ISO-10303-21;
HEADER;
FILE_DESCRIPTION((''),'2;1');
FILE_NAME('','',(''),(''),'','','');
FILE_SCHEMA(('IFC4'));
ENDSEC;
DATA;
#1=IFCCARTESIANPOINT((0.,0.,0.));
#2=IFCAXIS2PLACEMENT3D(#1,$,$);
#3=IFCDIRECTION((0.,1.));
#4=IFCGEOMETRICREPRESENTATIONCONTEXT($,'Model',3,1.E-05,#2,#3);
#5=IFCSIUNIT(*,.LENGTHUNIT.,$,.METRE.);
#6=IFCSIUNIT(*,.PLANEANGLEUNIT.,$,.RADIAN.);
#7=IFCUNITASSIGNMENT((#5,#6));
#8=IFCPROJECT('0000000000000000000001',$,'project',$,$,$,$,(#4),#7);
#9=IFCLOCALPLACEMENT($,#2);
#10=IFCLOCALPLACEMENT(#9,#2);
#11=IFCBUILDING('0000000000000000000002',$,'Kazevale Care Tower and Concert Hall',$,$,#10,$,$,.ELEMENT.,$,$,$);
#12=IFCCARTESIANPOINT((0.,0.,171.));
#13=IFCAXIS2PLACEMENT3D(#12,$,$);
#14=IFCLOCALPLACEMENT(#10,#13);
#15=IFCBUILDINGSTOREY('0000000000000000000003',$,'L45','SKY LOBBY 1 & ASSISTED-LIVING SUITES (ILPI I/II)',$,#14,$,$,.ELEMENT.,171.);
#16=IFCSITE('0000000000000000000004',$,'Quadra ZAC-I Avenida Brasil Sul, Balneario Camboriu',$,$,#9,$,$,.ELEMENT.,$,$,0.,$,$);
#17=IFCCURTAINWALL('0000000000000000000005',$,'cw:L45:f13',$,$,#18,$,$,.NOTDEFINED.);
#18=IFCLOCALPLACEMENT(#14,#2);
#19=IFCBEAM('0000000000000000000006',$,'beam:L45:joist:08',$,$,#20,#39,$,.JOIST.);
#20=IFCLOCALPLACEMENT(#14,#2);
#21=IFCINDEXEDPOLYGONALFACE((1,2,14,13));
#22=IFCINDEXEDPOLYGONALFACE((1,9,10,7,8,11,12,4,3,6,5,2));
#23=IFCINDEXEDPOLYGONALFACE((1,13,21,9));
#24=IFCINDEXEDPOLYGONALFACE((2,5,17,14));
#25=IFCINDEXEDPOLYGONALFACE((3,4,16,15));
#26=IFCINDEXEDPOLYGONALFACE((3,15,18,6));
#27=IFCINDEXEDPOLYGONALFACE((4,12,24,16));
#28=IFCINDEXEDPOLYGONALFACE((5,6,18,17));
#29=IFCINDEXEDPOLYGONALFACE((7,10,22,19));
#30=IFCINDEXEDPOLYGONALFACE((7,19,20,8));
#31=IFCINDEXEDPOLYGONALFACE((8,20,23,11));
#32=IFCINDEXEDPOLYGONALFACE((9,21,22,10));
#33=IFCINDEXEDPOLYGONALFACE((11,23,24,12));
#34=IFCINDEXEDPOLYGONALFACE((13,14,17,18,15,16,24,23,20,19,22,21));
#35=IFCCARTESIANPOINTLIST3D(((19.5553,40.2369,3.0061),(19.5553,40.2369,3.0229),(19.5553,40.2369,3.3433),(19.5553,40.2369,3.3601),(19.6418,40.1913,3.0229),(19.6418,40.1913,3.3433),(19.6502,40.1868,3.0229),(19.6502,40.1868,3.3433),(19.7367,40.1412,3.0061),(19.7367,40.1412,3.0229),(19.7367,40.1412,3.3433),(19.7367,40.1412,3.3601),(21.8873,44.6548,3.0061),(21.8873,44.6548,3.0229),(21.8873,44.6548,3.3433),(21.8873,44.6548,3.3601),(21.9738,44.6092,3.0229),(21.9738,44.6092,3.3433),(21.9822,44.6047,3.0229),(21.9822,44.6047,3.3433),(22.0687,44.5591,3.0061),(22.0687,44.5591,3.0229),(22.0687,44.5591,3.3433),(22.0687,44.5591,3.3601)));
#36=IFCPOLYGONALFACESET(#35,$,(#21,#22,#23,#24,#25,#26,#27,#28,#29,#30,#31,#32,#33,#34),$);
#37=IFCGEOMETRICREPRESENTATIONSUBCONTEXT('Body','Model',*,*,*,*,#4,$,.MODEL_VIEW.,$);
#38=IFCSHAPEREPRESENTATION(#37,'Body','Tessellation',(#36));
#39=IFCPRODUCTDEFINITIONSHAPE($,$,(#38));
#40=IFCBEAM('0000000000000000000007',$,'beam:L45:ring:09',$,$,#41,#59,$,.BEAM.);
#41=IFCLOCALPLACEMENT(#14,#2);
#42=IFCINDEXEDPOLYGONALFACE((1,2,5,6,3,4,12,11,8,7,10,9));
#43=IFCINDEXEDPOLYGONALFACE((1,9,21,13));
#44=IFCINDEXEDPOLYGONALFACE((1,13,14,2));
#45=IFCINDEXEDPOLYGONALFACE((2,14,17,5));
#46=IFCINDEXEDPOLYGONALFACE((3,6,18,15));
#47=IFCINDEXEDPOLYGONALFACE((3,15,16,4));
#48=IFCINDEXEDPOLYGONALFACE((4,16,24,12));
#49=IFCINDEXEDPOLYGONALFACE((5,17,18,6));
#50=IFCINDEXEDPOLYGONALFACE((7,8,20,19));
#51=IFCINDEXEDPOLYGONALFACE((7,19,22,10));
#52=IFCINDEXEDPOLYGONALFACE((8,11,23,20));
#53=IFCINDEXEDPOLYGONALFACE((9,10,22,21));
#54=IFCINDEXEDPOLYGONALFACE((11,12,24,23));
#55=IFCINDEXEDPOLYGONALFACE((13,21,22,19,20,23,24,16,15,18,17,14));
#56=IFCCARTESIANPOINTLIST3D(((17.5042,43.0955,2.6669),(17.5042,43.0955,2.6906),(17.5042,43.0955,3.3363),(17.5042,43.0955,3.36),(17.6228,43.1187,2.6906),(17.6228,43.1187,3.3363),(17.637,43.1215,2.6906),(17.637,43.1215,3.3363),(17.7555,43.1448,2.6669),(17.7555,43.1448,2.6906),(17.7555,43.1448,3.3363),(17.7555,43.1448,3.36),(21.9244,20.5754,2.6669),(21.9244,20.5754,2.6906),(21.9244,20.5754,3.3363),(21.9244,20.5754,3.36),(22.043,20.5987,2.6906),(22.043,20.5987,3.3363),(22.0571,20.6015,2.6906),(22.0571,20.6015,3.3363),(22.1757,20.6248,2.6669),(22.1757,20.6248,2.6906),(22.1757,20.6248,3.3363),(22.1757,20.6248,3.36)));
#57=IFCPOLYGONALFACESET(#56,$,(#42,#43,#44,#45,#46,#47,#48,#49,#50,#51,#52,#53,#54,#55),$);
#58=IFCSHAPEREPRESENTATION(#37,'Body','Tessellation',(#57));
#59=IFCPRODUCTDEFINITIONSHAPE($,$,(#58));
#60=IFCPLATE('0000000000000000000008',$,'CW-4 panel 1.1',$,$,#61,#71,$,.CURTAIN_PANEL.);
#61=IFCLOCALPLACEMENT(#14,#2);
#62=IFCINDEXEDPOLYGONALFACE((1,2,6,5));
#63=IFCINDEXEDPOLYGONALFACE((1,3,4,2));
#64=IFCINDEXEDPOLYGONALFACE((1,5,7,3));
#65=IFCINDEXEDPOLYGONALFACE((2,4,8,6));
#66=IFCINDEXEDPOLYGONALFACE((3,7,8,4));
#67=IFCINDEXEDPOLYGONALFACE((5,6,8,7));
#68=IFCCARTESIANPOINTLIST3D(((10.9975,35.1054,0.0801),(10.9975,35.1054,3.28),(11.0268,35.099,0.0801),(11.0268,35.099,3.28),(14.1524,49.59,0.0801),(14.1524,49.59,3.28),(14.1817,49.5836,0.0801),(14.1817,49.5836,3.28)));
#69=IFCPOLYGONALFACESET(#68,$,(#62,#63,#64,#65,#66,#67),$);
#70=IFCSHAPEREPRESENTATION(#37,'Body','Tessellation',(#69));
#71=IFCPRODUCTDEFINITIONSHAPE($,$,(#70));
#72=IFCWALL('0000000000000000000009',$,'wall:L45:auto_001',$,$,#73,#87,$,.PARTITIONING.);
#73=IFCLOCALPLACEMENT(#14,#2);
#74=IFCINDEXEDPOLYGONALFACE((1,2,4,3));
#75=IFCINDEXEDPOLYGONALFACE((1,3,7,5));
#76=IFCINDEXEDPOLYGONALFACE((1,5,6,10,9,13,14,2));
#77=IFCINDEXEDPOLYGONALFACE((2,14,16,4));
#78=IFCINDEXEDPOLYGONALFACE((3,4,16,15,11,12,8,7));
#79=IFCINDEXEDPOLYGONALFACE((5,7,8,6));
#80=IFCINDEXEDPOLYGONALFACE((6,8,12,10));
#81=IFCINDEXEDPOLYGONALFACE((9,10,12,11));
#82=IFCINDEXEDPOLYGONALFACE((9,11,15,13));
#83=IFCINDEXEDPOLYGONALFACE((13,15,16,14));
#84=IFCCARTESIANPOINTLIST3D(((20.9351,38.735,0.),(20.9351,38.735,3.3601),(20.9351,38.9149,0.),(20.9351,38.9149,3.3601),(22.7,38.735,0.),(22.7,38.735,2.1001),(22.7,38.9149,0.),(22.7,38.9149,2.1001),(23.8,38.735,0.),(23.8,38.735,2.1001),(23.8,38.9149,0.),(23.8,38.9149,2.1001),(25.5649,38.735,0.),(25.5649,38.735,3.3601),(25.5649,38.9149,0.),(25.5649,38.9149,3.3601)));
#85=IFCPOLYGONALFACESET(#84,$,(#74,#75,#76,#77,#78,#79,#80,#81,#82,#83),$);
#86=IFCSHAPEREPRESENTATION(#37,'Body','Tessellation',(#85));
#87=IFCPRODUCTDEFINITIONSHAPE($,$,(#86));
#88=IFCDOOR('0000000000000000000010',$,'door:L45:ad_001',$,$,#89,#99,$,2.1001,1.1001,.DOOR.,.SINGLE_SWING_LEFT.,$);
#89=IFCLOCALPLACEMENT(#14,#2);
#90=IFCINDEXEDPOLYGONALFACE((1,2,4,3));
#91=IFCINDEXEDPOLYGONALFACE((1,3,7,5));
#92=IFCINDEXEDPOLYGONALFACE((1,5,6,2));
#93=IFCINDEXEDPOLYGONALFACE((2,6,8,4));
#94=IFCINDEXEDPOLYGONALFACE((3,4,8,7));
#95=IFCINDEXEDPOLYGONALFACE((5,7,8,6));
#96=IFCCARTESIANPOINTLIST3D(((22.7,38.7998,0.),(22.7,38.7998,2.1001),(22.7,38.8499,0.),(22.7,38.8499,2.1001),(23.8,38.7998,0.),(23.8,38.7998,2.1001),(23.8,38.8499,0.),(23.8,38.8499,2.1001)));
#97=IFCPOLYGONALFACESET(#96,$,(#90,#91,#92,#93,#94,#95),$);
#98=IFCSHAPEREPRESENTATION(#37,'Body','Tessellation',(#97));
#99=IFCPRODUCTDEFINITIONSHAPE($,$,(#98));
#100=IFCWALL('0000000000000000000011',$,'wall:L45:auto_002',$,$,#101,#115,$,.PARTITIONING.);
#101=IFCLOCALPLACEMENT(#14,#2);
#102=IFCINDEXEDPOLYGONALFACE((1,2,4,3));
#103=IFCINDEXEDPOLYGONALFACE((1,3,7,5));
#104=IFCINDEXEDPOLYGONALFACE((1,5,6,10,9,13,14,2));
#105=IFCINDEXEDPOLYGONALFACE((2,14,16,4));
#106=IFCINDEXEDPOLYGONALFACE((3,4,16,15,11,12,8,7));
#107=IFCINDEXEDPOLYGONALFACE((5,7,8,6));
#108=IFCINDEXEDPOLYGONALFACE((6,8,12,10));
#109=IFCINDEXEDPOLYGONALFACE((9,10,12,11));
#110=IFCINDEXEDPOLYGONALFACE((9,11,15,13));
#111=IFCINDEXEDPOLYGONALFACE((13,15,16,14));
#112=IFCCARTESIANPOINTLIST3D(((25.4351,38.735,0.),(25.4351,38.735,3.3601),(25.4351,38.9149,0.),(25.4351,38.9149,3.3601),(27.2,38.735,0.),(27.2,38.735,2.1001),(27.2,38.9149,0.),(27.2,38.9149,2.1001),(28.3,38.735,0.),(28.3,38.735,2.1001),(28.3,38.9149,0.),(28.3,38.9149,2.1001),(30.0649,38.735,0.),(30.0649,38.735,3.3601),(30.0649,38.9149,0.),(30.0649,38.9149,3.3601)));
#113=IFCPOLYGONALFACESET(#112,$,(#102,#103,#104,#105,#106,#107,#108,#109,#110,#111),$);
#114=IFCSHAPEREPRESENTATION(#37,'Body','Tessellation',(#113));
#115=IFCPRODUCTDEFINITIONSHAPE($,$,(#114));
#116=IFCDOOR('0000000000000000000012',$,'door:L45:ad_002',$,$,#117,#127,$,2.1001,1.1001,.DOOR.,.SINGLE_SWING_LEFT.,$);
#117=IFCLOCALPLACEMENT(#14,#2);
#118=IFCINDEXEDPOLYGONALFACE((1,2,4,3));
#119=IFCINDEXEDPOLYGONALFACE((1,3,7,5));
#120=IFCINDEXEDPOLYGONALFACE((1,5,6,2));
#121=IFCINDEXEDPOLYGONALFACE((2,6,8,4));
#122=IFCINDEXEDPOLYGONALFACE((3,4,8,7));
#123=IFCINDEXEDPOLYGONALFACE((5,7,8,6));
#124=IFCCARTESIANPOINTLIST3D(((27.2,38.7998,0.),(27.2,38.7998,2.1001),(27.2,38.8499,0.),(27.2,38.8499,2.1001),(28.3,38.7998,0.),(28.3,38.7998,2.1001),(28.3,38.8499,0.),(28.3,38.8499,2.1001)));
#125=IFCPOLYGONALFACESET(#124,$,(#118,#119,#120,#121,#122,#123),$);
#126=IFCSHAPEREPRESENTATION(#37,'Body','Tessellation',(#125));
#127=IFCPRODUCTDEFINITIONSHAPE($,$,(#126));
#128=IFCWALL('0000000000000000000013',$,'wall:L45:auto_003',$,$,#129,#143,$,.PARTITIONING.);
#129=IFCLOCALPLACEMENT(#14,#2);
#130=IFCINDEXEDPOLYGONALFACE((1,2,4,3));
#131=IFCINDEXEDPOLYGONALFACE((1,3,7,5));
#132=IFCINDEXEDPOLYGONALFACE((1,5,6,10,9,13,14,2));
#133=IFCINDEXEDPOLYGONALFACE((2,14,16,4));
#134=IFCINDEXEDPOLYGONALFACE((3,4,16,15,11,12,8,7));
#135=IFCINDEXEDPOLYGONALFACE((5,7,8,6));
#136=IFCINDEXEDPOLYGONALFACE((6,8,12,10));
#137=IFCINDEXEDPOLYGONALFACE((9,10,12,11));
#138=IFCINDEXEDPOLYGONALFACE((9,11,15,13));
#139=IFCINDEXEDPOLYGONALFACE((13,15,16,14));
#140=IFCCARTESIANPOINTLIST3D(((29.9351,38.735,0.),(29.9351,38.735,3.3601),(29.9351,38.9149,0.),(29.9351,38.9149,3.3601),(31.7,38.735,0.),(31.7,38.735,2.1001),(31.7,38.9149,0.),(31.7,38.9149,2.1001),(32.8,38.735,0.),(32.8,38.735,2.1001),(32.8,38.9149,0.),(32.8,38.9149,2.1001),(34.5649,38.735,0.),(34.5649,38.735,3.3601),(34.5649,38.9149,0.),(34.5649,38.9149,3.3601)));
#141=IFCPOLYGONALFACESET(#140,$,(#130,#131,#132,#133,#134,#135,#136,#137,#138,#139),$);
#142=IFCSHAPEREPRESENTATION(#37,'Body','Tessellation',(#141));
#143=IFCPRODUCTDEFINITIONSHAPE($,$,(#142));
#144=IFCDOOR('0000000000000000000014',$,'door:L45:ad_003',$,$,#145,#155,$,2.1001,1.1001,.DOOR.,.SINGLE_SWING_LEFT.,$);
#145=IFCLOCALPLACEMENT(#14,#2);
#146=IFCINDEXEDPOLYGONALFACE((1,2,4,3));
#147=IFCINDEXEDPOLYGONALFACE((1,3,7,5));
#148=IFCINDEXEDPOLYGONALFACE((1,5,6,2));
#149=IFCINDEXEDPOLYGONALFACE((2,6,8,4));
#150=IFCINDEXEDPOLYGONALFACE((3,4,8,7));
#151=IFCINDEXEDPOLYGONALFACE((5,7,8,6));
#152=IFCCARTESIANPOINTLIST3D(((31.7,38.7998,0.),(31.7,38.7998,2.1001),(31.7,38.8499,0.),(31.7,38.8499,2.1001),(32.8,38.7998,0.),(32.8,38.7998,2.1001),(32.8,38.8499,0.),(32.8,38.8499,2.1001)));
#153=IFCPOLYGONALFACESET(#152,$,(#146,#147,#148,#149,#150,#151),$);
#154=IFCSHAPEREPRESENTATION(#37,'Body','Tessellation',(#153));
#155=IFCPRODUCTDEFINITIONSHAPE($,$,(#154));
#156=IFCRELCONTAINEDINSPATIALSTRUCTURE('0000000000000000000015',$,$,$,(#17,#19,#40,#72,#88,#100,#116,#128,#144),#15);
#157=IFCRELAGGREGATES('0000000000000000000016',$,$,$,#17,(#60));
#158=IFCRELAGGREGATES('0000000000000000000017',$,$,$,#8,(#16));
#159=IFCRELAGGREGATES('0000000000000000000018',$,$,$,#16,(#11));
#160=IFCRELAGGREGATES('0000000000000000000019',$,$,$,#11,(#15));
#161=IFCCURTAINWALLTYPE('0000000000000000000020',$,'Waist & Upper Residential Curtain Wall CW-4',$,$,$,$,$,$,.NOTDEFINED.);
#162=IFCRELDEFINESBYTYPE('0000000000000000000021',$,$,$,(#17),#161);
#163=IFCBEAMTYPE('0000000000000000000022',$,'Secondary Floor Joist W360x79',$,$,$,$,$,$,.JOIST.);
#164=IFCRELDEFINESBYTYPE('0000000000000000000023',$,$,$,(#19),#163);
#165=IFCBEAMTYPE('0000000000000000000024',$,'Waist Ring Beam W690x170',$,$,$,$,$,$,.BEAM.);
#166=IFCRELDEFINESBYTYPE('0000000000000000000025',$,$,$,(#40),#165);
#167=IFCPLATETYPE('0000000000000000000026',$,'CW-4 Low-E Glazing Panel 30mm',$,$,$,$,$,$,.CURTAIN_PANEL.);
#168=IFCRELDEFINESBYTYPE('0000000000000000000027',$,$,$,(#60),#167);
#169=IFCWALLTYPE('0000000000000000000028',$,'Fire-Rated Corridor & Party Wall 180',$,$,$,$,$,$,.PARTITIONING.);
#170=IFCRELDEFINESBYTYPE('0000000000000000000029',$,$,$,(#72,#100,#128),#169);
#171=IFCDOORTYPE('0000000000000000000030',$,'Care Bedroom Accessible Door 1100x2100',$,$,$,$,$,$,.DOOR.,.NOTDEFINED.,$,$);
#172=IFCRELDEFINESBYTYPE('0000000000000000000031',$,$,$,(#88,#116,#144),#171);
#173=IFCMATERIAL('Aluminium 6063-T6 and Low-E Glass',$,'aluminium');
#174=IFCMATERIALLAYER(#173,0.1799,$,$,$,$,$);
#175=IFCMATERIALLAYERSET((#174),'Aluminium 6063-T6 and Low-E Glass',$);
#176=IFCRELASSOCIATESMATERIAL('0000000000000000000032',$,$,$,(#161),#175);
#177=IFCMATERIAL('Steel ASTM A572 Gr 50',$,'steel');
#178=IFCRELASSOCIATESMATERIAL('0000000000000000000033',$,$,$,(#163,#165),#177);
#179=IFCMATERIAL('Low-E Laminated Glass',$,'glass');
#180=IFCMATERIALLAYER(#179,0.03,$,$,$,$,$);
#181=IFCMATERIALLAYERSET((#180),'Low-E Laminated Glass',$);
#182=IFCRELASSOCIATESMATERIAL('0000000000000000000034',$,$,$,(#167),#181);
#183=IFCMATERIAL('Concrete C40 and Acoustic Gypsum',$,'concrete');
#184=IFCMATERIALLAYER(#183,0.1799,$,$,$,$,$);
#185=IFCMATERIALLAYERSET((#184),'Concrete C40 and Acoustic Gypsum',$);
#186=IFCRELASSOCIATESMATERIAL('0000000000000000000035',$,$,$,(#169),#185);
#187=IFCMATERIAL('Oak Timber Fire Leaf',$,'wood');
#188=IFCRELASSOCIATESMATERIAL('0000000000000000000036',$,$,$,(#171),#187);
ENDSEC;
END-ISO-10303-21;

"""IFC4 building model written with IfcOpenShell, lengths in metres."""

from ifc_helpers import new_model, si_unit, direction, frame, frame_2d, origin, origin_2d, place, context, subcontext, project, spatial, rectangle, i_section, extrude, material, layer, layer_set, material_profile, profile_set, type_object, element, fill, aggregate, save


model = new_model("IFC4")

# Units and contexts
model_context = context("Model", 3, precision=1e-05, world=origin(), true_north=direction((0.0, 1.0)))
body_context = subcontext(model_context, "Body", "Model", "MODEL_VIEW")
ifc_project = project(units=[si_unit("LENGTHUNIT", "METRE"), si_unit("PLANEANGLEUNIT", "RADIAN")], contexts=[model_context])

# Site, building, storey
site_placement = place(None, origin())
site = spatial("IfcSite", under=ifc_project, at=site_placement, Name="Quadra ZAC-I Avenida Brasil Sul, Balneario Camboriu", CompositionType="ELEMENT", RefElevation=0.0)
building_placement = place(site_placement, origin())
building = spatial("IfcBuilding", under=site, at=building_placement, Name="Kazevale Care Tower and Concert Hall", CompositionType="ELEMENT")
storey_placement = place(building_placement, frame((0.0, 0.0, 171.0)))
storey = spatial("IfcBuildingStorey", under=building, at=storey_placement, Name="L45", Description="SKY LOBBY 1 & ASSISTED-LIVING SUITES (ILPI I/II)", CompositionType="ELEMENT", Elevation=171.0)

# Shared definitions
ifc_material_1 = material(Name="Aluminium 6063-T6 and Low-E Glass", Category="aluminium")

# Curtain wall
ifc_layer_1 = layer(ifc_material_1, 0.1799)
ifc_layer_set_1 = layer_set([ifc_layer_1], Name="Aluminium 6063-T6 and Low-E Glass")
curtain_wall_type_1 = type_object("IfcCurtainWallType", Name="Waist & Upper Residential Curtain Wall CW-4", PredefinedType="NOTDEFINED", material=ifc_layer_set_1)
curtain_wall_1_placement = place(storey_placement, origin())
curtain_wall_1 = element("IfcCurtainWall", 1, at=curtain_wall_1_placement, inside=storey, type_object=curtain_wall_type_1, Name="cw:L45:f13", PredefinedType="NOTDEFINED")

# Beams
ifc_material_2 = material(Name="Steel ASTM A572 Gr 50", Category="steel")
ifc_material_profile_1 = material_profile(ifc_material_2, i_section(OverallWidth=0.2051, OverallDepth=0.354, WebThickness=0.0095, FlangeThickness=0.0168, at=origin_2d()), Name="W360x79")
ifc_profile_set_1 = profile_set([ifc_material_profile_1], Name="Steel ASTM A572 Gr 50")
beam_type_1 = type_object("IfcBeamType", Name="Secondary Floor Joist W360x79", PredefinedType="JOIST", material=ifc_profile_set_1)
beam_1_placement = place(storey_placement, frame((21.978, 44.6069, 3.1831), z_axis=(-0.46681, -0.884358, 0.0), x_axis=(0.884358, -0.46681, 0.0)))
element("IfcBeam", 2, at=beam_1_placement, inside=storey, type_object=beam_type_1, Name="beam:L45:joist:08", PredefinedType="JOIST", context=body_context, shape_type="SweptSolid", body=[
    extrude(i_section(OverallWidth=0.2051, OverallDepth=0.354, WebThickness=0.0095, FlangeThickness=0.0168, at=origin_2d()), origin(), (0.0, 0.0, 1.0), 4.9956),
])
ifc_material_profile_2 = material_profile(ifc_material_2, i_section(OverallWidth=0.2561, OverallDepth=0.6931, WebThickness=0.0144, FlangeThickness=0.0237, at=origin_2d()), Name="W690x170")
ifc_profile_set_2 = profile_set([ifc_material_profile_2], Name="Steel ASTM A572 Gr 50")
beam_type_2 = type_object("IfcBeamType", Name="Waist Ring Beam W690x170", PredefinedType="BEAM", material=ifc_profile_set_2)
beam_2_placement = place(storey_placement, frame((17.6299, 43.1201, 3.0134), z_axis=(0.192602, -0.981277, 0.0), x_axis=(0.981277, 0.192602, 0.0)))
element("IfcBeam", 3, at=beam_2_placement, inside=storey, type_object=beam_type_2, Name="beam:L45:ring:09", PredefinedType="BEAM", context=body_context, shape_type="SweptSolid", body=[
    extrude(i_section(OverallWidth=0.2561, OverallDepth=0.6931, WebThickness=0.0144, FlangeThickness=0.0237, at=origin_2d()), origin(), (0.0, 0.0, 1.0), 22.9497),
])

# Plate
ifc_material_3 = material(Name="Low-E Laminated Glass", Category="glass")
ifc_layer_2 = layer(ifc_material_3, 0.03)
ifc_layer_set_2 = layer_set([ifc_layer_2], Name="Low-E Laminated Glass")
plate_type = type_object("IfcPlateType", Name="CW-4 Low-E Glazing Panel 30mm", PredefinedType="CURTAIN_PANEL", material=ifc_layer_set_2)
plate_placement = place(storey_placement, frame((12.5896, 42.3445, 0.0801), z_axis=(0.0, 0.0, 1.0), x_axis=(0.212823, 0.977091, 0.0)))
plate = element("IfcPlate", 4, at=plate_placement, type_object=plate_type, Name="CW-4 panel 1.1", PredefinedType="CURTAIN_PANEL", context=body_context, shape_type="SweptSolid", body=[
    extrude(rectangle(XDim=14.8242, YDim=0.03, at=origin_2d()), origin(), (0.0, 0.0, 1.0), 3.2),
])
aggregate(curtain_wall_1, [plate])

# Walls, openings, doors
ifc_material_4 = material(Name="Concrete C40 and Acoustic Gypsum", Category="concrete")
ifc_layer_3 = layer(ifc_material_4, 0.1799)
ifc_layer_set_3 = layer_set([ifc_layer_3], Name="Concrete C40 and Acoustic Gypsum")
wall_type = type_object("IfcWallType", Name="Fire-Rated Corridor & Party Wall 180", PredefinedType="PARTITIONING", material=ifc_layer_set_3)
wall_1_placement = place(storey_placement, frame((20.9351, 38.825, 0.0), z_axis=(0.0, 0.0, 1.0), x_axis=(1.0, 0.0, 0.0)))
wall_1 = element("IfcWall", 5, at=wall_1_placement, inside=storey, type_object=wall_type, Name="wall:L45:auto_001", PredefinedType="PARTITIONING", context=body_context, shape_type="SweptSolid", body=[
    extrude(rectangle(XDim=4.6299, YDim=0.1799, at=frame_2d((2.3149, 0.0))), origin(), (0.0, 0.0, 1.0), 3.3601),
])
opening_1_placement = place(wall_1_placement, frame((1.7649, 0.0, 0.0)))
opening_1 = element("IfcOpeningElement", 6, at=opening_1_placement, cuts=wall_1, PredefinedType="OPENING", context=body_context, shape_type="SweptSolid", body=[
    extrude(rectangle(XDim=1.1001, YDim=2.1001, at=frame_2d((0.55, 1.05))), frame((0.0, 0.0999, 0.0), z_axis=(0.0, -1.0, 0.0), x_axis=(1.0, 0.0, 0.0)), (0.0, 0.0, 1.0), 0.2),
])
ifc_material_5 = material(Name="Oak Timber Fire Leaf", Category="wood")
door_type = type_object("IfcDoorType", Name="Care Bedroom Accessible Door 1100x2100", OperationType="NOTDEFINED", PredefinedType="DOOR", material=ifc_material_5)
door_1_placement = place(opening_1_placement, origin())
door_1 = element("IfcDoor", 7, at=door_1_placement, inside=storey, type_object=door_type, Name="door:L45:ad_001", OperationType="SINGLE_SWING_LEFT", OverallHeight=2.1001, OverallWidth=1.1001, PredefinedType="DOOR", context=body_context, shape_type="SweptSolid", body=[
    extrude(rectangle(XDim=1.1001, YDim=2.1001, at=frame_2d((0.55, 1.05))), frame((0.0, 0.0249, 0.0), z_axis=(0.0, -1.0, 0.0), x_axis=(1.0, 0.0, 0.0)), (0.0, 0.0, 1.0), 0.05),
])
fill(opening_1, door_1)
wall_2_placement = place(storey_placement, frame((25.4351, 38.825, 0.0), z_axis=(0.0, 0.0, 1.0), x_axis=(1.0, 0.0, 0.0)))
wall_2 = element("IfcWall", 8, at=wall_2_placement, inside=storey, type_object=wall_type, Name="wall:L45:auto_002", PredefinedType="PARTITIONING", context=body_context, shape_type="SweptSolid", body=[
    extrude(rectangle(XDim=4.6299, YDim=0.1799, at=frame_2d((2.3149, 0.0))), origin(), (0.0, 0.0, 1.0), 3.3601),
])
opening_2_placement = place(wall_2_placement, frame((1.7649, 0.0, 0.0)))
opening_2 = element("IfcOpeningElement", 9, at=opening_2_placement, cuts=wall_2, PredefinedType="OPENING", context=body_context, shape_type="SweptSolid", body=[
    extrude(rectangle(XDim=1.1001, YDim=2.1001, at=frame_2d((0.55, 1.05))), frame((0.0, 0.0999, 0.0), z_axis=(0.0, -1.0, 0.0), x_axis=(1.0, 0.0, 0.0)), (0.0, 0.0, 1.0), 0.2),
])
door_2_placement = place(opening_2_placement, origin())
door_2 = element("IfcDoor", 10, at=door_2_placement, inside=storey, type_object=door_type, Name="door:L45:ad_002", OperationType="SINGLE_SWING_LEFT", OverallHeight=2.1001, OverallWidth=1.1001, PredefinedType="DOOR", context=body_context, shape_type="SweptSolid", body=[
    extrude(rectangle(XDim=1.1001, YDim=2.1001, at=frame_2d((0.55, 1.05))), frame((0.0, 0.0249, 0.0), z_axis=(0.0, -1.0, 0.0), x_axis=(1.0, 0.0, 0.0)), (0.0, 0.0, 1.0), 0.05),
])
fill(opening_2, door_2)
wall_3_placement = place(storey_placement, frame((29.9351, 38.825, 0.0), z_axis=(0.0, 0.0, 1.0), x_axis=(1.0, 0.0, 0.0)))
wall_3 = element("IfcWall", 11, at=wall_3_placement, inside=storey, type_object=wall_type, Name="wall:L45:auto_003", PredefinedType="PARTITIONING", context=body_context, shape_type="SweptSolid", body=[
    extrude(rectangle(XDim=4.6299, YDim=0.1799, at=frame_2d((2.3149, 0.0))), origin(), (0.0, 0.0, 1.0), 3.3601),
])
opening_3_placement = place(wall_3_placement, frame((1.7649, 0.0, 0.0)))
opening_3 = element("IfcOpeningElement", 12, at=opening_3_placement, cuts=wall_3, PredefinedType="OPENING", context=body_context, shape_type="SweptSolid", body=[
    extrude(rectangle(XDim=1.1001, YDim=2.1001, at=frame_2d((0.55, 1.05))), frame((0.0, 0.0999, 0.0), z_axis=(0.0, -1.0, 0.0), x_axis=(1.0, 0.0, 0.0)), (0.0, 0.0, 1.0), 0.2),
])
door_3_placement = place(opening_3_placement, origin())
door_3 = element("IfcDoor", 13, at=door_3_placement, inside=storey, type_object=door_type, Name="door:L45:ad_003", OperationType="SINGLE_SWING_LEFT", OverallHeight=2.1001, OverallWidth=1.1001, PredefinedType="DOOR", context=body_context, shape_type="SweptSolid", body=[
    extrude(rectangle(XDim=1.1001, YDim=2.1001, at=frame_2d((0.55, 1.05))), frame((0.0, 0.0249, 0.0), z_axis=(0.0, -1.0, 0.0), x_axis=(1.0, 0.0, 0.0)), (0.0, 0.0, 1.0), 0.05),
])
fill(opening_3, door_3)

save(model, "model.ifc")
